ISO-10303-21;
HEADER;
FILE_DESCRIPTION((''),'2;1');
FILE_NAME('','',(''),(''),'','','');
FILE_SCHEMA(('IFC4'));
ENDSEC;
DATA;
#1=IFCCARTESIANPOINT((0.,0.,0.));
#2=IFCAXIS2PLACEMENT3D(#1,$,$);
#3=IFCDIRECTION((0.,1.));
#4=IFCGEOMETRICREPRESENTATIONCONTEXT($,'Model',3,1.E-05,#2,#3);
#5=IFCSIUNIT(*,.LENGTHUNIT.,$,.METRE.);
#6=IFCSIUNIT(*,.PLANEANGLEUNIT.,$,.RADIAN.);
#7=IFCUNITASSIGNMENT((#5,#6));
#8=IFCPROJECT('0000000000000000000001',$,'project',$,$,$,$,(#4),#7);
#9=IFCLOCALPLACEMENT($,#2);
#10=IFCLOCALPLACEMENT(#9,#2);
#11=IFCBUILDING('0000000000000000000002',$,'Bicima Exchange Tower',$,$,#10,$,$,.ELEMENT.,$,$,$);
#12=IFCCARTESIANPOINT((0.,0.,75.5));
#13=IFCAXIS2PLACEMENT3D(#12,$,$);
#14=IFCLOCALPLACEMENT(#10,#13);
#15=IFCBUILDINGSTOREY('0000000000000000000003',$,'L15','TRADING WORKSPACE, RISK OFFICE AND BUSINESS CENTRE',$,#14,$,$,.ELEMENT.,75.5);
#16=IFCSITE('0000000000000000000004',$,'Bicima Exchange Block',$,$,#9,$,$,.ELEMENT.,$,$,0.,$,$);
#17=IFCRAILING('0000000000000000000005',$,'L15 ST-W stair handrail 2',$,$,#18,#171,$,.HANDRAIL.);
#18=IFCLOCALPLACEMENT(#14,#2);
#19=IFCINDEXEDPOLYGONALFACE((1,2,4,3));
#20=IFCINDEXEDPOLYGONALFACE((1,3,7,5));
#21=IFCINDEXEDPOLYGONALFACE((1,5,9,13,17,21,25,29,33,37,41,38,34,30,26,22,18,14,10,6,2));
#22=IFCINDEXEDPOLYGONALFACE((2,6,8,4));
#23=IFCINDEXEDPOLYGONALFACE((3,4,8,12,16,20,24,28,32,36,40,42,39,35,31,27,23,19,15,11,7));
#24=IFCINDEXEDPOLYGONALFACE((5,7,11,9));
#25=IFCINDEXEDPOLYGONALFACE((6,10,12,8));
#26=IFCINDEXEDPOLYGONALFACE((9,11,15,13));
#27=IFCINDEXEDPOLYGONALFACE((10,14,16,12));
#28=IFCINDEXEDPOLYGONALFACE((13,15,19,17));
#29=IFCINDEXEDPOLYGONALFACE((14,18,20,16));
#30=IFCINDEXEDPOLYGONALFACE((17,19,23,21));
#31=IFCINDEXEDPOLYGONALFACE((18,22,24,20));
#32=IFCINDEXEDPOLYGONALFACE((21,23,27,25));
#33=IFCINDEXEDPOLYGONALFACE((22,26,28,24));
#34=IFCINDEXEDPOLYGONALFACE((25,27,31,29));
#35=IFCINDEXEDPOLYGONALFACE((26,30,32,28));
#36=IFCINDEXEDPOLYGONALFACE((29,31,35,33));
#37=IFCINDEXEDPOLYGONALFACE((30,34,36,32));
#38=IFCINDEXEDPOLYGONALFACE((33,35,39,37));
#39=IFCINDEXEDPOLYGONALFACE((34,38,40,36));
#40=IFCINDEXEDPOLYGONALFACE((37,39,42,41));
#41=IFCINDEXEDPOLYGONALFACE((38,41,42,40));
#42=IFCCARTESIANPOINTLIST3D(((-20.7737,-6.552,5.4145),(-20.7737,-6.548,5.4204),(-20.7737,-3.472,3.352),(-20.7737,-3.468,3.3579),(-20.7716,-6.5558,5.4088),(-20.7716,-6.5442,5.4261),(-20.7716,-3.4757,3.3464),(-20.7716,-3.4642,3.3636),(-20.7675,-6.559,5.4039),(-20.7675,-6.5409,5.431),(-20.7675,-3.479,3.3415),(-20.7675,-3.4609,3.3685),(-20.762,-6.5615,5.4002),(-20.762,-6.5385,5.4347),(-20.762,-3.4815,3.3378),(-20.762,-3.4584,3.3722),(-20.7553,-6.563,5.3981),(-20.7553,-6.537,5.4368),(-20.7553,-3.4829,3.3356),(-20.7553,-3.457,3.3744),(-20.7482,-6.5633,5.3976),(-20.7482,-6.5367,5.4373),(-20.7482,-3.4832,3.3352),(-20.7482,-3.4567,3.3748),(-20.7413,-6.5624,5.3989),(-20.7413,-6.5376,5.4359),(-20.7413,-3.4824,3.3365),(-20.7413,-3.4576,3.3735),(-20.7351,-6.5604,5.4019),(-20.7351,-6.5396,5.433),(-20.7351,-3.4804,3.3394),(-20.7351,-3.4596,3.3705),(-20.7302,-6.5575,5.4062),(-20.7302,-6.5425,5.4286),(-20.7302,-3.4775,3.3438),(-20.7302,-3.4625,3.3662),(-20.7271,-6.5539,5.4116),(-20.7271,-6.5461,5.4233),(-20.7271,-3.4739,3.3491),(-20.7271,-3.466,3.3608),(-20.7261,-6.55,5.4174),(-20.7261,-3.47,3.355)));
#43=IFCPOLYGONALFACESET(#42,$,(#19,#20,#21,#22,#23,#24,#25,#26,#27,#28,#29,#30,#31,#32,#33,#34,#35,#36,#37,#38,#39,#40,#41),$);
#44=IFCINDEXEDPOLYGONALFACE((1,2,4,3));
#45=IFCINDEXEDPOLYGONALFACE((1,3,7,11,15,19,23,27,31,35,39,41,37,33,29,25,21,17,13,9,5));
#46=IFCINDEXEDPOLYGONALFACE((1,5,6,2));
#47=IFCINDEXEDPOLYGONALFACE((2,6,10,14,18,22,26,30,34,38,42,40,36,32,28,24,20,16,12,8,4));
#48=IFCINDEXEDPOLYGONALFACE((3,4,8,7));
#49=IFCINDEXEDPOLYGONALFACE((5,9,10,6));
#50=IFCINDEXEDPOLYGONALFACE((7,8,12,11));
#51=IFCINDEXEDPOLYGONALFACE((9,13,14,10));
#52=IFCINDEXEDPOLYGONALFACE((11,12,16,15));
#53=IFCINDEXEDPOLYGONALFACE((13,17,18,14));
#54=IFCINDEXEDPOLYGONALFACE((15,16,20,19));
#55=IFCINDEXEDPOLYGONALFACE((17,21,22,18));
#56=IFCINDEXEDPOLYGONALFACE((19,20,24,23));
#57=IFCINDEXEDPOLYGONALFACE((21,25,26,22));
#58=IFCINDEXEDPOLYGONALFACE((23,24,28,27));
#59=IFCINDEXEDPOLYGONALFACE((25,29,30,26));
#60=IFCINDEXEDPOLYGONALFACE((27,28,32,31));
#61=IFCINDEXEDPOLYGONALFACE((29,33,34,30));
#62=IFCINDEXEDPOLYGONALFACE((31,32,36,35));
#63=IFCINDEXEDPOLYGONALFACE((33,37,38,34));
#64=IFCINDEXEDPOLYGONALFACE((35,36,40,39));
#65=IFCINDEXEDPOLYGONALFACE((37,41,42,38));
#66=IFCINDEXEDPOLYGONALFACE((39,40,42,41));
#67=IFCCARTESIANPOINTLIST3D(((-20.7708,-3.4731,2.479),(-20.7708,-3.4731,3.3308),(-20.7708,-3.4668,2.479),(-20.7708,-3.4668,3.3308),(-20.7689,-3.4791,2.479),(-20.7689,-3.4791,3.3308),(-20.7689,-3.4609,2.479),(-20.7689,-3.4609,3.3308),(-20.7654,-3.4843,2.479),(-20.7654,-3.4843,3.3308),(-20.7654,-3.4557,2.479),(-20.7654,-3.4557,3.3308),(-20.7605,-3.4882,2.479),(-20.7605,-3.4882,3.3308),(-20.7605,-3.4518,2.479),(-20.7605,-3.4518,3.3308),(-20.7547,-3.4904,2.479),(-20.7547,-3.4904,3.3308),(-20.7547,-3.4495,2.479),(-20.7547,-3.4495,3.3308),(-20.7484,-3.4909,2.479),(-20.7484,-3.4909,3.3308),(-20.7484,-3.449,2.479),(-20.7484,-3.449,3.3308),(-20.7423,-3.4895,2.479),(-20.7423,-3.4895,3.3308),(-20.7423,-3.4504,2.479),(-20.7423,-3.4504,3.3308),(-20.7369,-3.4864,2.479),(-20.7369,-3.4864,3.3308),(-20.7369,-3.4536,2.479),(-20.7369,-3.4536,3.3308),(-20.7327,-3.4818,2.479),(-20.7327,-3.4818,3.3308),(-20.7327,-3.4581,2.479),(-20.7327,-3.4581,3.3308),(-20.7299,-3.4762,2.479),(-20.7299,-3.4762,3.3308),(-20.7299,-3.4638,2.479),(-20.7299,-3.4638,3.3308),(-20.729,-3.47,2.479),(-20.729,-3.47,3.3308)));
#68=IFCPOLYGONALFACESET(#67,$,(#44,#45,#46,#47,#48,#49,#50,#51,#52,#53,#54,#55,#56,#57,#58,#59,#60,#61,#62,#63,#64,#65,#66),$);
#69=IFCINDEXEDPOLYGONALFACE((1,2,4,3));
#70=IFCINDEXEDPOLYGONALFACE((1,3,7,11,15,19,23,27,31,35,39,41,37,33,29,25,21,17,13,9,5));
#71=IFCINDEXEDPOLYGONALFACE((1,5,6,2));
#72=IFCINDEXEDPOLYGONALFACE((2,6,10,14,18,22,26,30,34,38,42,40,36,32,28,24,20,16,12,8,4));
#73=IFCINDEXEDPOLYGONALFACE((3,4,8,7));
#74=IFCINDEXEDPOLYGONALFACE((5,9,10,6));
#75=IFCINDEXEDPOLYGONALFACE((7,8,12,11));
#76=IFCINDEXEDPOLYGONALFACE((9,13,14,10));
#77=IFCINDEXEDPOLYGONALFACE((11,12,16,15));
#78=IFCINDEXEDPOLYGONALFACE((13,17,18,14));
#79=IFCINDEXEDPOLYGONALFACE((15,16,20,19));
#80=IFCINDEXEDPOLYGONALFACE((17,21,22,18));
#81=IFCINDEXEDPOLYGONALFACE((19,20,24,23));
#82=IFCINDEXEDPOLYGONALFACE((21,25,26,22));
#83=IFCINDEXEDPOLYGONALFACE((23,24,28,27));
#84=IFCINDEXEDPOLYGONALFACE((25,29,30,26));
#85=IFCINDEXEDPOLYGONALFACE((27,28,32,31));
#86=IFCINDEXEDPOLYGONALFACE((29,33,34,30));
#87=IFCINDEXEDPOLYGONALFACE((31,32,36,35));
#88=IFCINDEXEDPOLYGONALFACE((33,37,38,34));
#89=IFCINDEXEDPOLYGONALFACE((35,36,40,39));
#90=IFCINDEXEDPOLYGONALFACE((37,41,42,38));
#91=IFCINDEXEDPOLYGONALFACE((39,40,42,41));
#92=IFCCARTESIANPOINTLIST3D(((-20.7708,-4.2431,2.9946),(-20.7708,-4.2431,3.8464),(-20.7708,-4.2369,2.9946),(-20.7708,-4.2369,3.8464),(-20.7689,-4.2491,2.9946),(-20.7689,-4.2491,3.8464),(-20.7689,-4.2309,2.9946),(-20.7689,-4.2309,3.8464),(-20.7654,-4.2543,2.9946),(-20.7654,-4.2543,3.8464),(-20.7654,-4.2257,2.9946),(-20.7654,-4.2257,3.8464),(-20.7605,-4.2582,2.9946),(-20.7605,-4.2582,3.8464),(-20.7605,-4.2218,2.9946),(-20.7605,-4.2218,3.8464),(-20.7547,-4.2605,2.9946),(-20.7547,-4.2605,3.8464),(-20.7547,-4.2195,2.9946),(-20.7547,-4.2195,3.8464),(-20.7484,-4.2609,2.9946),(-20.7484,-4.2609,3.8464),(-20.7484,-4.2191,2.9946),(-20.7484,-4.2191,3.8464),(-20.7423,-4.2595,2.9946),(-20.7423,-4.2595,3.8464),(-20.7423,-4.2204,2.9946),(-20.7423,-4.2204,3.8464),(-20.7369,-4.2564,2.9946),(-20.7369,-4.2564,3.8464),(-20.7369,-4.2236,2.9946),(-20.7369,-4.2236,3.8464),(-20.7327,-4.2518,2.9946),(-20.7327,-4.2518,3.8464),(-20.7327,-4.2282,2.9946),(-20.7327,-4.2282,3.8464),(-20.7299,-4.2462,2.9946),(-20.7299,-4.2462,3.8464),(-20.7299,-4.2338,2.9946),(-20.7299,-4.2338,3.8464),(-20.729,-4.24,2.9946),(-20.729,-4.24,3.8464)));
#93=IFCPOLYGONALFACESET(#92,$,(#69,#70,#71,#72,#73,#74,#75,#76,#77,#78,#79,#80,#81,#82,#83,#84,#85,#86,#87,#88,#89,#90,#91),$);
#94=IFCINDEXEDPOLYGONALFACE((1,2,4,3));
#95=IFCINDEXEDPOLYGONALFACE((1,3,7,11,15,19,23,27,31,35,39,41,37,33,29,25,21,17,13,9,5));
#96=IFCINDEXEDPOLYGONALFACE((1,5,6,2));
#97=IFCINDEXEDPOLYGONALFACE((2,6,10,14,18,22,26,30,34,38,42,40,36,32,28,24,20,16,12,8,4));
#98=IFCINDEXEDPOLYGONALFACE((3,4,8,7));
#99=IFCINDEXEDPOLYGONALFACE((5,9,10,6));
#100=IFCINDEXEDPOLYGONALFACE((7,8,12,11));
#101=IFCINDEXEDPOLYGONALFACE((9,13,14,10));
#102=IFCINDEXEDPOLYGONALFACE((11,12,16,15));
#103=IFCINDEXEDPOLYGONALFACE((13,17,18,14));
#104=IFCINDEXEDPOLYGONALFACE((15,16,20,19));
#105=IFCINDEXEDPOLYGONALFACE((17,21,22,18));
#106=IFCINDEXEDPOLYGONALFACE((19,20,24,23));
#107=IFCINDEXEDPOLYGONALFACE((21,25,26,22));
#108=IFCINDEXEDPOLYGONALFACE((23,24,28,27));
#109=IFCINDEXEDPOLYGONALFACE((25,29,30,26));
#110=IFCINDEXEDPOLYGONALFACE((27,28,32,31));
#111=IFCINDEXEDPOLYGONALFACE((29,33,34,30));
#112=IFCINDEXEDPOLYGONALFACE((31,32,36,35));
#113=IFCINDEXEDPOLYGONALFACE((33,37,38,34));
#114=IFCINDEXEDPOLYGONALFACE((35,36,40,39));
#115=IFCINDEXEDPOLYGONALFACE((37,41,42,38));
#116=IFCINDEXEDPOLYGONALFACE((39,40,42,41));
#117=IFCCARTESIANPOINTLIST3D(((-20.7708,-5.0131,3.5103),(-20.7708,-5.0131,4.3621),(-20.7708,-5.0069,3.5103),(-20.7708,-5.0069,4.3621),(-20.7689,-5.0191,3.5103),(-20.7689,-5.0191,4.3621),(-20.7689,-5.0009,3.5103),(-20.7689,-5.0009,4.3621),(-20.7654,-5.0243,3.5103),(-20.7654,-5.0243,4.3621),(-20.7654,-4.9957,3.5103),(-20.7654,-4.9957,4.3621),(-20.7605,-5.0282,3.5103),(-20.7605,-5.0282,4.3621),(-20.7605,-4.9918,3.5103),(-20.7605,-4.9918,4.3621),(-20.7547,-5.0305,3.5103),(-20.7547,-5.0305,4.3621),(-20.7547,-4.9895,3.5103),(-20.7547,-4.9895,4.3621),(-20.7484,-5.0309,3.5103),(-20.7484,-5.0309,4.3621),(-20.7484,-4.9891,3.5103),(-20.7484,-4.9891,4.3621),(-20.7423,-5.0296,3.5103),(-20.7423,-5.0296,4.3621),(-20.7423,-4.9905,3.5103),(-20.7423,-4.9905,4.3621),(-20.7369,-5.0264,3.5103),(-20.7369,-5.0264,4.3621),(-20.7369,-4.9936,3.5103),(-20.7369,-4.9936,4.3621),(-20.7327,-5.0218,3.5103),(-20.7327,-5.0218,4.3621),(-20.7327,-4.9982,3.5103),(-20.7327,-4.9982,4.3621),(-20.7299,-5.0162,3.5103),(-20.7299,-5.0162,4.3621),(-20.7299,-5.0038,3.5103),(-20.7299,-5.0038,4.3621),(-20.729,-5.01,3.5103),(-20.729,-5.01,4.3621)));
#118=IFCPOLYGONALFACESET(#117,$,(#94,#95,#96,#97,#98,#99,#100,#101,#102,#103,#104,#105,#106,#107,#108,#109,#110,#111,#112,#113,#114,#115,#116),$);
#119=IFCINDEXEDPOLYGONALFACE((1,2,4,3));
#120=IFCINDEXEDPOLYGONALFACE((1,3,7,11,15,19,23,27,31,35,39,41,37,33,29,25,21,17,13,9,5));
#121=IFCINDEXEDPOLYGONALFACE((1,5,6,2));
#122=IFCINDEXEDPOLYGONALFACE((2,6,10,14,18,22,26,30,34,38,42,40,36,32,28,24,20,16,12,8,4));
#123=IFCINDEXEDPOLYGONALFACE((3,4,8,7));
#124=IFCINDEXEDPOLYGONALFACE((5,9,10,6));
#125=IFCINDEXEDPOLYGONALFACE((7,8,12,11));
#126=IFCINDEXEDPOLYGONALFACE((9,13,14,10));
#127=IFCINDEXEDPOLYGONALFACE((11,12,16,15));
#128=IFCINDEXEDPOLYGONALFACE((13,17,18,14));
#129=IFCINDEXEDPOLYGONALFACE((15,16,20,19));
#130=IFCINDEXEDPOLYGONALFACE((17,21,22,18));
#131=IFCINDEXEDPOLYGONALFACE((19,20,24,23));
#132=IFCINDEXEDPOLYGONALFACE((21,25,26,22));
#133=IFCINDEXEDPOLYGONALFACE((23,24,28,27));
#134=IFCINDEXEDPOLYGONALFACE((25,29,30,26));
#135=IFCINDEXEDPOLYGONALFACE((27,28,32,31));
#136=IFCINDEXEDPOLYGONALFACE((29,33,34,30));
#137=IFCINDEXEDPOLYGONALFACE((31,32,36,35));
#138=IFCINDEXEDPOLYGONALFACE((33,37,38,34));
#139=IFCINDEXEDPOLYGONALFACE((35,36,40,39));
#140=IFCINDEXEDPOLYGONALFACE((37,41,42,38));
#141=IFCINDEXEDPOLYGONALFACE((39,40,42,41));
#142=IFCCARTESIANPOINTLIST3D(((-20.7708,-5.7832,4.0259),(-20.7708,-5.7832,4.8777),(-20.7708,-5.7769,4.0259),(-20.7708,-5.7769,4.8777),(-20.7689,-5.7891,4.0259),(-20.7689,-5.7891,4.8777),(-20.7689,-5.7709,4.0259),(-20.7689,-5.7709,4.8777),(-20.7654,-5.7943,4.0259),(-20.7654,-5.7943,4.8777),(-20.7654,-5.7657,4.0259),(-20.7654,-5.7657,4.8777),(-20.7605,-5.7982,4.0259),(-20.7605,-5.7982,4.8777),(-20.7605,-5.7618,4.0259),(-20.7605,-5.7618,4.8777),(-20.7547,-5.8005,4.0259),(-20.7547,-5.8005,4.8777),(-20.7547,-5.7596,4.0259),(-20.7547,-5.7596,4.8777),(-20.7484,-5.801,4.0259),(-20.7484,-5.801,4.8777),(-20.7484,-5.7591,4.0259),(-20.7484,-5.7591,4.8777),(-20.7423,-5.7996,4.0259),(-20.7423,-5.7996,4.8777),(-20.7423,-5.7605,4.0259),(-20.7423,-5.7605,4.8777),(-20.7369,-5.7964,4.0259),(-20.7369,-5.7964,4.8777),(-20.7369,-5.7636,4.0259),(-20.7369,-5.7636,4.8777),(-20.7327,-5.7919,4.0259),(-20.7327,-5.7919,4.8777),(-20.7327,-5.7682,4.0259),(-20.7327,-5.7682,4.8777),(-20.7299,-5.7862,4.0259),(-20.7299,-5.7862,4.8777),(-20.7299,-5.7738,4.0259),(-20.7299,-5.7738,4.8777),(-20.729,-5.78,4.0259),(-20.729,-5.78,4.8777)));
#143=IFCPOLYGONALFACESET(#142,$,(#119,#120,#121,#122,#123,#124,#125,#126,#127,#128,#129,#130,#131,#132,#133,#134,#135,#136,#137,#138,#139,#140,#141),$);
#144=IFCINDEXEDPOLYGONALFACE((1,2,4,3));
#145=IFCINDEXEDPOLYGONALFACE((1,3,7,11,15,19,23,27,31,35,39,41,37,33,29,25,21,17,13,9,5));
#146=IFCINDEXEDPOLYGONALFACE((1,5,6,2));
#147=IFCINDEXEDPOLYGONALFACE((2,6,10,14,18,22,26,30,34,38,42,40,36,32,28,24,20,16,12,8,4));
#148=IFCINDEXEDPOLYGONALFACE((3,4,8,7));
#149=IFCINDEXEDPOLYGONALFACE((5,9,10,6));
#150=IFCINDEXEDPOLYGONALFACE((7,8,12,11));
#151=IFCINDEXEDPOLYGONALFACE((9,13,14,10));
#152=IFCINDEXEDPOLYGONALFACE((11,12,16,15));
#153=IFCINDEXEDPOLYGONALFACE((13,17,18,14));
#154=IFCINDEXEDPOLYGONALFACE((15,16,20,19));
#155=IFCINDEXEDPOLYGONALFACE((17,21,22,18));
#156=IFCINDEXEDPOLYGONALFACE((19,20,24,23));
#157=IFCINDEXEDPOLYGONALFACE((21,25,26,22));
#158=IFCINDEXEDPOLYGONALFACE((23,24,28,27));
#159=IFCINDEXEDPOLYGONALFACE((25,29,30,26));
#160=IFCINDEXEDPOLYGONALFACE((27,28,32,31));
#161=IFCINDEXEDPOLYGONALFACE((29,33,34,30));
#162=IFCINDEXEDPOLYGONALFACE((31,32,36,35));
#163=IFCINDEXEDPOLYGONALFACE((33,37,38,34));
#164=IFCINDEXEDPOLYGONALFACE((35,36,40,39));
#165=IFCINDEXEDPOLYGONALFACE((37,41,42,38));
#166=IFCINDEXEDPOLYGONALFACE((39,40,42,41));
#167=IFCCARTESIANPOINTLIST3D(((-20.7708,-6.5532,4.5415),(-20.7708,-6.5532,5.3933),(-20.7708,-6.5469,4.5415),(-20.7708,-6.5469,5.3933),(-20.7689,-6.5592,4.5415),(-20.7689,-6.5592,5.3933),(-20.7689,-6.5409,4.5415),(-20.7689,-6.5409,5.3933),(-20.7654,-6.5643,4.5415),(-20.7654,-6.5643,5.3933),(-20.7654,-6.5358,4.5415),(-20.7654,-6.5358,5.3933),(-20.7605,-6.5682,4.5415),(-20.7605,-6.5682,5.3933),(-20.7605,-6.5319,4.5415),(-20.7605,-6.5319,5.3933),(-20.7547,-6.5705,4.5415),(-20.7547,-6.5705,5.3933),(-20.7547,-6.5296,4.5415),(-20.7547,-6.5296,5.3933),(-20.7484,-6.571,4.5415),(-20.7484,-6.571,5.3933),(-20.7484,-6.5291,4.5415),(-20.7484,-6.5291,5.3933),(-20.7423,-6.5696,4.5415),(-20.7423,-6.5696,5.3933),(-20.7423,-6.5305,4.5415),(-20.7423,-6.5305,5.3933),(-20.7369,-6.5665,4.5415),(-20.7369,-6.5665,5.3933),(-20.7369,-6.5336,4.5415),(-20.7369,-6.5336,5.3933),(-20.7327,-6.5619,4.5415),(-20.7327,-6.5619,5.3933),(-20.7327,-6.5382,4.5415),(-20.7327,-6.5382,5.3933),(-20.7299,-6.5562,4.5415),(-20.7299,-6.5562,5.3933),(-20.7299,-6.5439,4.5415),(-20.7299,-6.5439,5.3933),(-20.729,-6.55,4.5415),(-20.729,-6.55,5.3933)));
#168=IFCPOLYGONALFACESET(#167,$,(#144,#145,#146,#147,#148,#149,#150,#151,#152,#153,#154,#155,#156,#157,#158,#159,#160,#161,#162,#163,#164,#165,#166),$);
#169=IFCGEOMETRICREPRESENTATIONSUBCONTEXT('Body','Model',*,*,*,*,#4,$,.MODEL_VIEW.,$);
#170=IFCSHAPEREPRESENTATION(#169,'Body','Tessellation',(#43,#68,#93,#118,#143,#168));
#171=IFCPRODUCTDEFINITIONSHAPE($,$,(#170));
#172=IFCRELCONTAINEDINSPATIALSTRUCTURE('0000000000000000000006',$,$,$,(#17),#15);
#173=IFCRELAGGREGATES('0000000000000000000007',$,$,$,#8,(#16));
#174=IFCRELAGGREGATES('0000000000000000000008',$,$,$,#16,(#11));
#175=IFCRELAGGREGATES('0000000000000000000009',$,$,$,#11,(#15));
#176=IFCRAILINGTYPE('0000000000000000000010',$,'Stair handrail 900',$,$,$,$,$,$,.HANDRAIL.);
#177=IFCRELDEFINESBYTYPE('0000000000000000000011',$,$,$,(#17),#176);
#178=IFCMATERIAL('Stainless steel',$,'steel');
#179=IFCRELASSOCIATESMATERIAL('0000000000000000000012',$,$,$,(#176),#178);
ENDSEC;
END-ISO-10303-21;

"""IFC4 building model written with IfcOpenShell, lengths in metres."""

from ifc_helpers import new_model, si_unit, direction, frame, origin, origin_2d, place, context, subcontext, project, spatial, circle, extrude, material, type_object, element, save


model = new_model("IFC4")

# Units and contexts
model_context = context("Model", 3, precision=1e-05, world=origin(), true_north=direction((0.0, 1.0)))
body_context = subcontext(model_context, "Body", "Model", "MODEL_VIEW")
ifc_project = project(units=[si_unit("LENGTHUNIT", "METRE"), si_unit("PLANEANGLEUNIT", "RADIAN")], contexts=[model_context])

# Site, building, storey
site_placement = place(None, origin())
site = spatial("IfcSite", under=ifc_project, at=site_placement, Name="Bicima Exchange Block", CompositionType="ELEMENT", RefElevation=0.0)
building_placement = place(site_placement, origin())
building = spatial("IfcBuilding", under=site, at=building_placement, Name="Bicima Exchange Tower", CompositionType="ELEMENT")
storey_placement = place(building_placement, frame((0.0, 0.0, 75.5)))
storey = spatial("IfcBuildingStorey", under=building, at=storey_placement, Name="L15", Description="TRADING WORKSPACE, RISK OFFICE AND BUSINESS CENTRE", CompositionType="ELEMENT", Elevation=75.5)

# Railing
ifc_material_1 = material(Name="Stainless steel", Category="steel")
railing_type = type_object("IfcRailingType", Name="Stair handrail 900", PredefinedType="HANDRAIL", material=ifc_material_1)
railing_placement = place(storey_placement, frame((-20.75, -3.47, 2.479)))
element("IfcRailing", 1, at=railing_placement, inside=storey, type_object=railing_type, Name="L15 ST-W stair handrail 2", PredefinedType="HANDRAIL", context=body_context, shape_type="SweptSolid", body=[
    extrude(circle(Radius=0.0239, at=origin_2d()), frame((0.0, 0.0, 0.876), z_axis=(0.0, -0.830914, 0.556401), x_axis=(1.0, 0.0, 0.0)), (0.0, 0.0, 1.0), 3.7068),
    extrude(circle(Radius=0.021, at=origin_2d()), origin(), (0.0, 0.0, 1.0), 0.8518),
    extrude(circle(Radius=0.021, at=origin_2d()), frame((0.0, -0.77, 0.5156)), (0.0, 0.0, 1.0), 0.8518),
    extrude(circle(Radius=0.021, at=origin_2d()), frame((0.0, -1.54, 1.0312)), (0.0, 0.0, 1.0), 0.8518),
    extrude(circle(Radius=0.021, at=origin_2d()), frame((0.0, -2.3101, 1.5469)), (0.0, 0.0, 1.0), 0.8518),
    extrude(circle(Radius=0.021, at=origin_2d()), frame((0.0, -3.0801, 2.0625)), (0.0, 0.0, 1.0), 0.8518),
])

save(model, "model.ifc")
